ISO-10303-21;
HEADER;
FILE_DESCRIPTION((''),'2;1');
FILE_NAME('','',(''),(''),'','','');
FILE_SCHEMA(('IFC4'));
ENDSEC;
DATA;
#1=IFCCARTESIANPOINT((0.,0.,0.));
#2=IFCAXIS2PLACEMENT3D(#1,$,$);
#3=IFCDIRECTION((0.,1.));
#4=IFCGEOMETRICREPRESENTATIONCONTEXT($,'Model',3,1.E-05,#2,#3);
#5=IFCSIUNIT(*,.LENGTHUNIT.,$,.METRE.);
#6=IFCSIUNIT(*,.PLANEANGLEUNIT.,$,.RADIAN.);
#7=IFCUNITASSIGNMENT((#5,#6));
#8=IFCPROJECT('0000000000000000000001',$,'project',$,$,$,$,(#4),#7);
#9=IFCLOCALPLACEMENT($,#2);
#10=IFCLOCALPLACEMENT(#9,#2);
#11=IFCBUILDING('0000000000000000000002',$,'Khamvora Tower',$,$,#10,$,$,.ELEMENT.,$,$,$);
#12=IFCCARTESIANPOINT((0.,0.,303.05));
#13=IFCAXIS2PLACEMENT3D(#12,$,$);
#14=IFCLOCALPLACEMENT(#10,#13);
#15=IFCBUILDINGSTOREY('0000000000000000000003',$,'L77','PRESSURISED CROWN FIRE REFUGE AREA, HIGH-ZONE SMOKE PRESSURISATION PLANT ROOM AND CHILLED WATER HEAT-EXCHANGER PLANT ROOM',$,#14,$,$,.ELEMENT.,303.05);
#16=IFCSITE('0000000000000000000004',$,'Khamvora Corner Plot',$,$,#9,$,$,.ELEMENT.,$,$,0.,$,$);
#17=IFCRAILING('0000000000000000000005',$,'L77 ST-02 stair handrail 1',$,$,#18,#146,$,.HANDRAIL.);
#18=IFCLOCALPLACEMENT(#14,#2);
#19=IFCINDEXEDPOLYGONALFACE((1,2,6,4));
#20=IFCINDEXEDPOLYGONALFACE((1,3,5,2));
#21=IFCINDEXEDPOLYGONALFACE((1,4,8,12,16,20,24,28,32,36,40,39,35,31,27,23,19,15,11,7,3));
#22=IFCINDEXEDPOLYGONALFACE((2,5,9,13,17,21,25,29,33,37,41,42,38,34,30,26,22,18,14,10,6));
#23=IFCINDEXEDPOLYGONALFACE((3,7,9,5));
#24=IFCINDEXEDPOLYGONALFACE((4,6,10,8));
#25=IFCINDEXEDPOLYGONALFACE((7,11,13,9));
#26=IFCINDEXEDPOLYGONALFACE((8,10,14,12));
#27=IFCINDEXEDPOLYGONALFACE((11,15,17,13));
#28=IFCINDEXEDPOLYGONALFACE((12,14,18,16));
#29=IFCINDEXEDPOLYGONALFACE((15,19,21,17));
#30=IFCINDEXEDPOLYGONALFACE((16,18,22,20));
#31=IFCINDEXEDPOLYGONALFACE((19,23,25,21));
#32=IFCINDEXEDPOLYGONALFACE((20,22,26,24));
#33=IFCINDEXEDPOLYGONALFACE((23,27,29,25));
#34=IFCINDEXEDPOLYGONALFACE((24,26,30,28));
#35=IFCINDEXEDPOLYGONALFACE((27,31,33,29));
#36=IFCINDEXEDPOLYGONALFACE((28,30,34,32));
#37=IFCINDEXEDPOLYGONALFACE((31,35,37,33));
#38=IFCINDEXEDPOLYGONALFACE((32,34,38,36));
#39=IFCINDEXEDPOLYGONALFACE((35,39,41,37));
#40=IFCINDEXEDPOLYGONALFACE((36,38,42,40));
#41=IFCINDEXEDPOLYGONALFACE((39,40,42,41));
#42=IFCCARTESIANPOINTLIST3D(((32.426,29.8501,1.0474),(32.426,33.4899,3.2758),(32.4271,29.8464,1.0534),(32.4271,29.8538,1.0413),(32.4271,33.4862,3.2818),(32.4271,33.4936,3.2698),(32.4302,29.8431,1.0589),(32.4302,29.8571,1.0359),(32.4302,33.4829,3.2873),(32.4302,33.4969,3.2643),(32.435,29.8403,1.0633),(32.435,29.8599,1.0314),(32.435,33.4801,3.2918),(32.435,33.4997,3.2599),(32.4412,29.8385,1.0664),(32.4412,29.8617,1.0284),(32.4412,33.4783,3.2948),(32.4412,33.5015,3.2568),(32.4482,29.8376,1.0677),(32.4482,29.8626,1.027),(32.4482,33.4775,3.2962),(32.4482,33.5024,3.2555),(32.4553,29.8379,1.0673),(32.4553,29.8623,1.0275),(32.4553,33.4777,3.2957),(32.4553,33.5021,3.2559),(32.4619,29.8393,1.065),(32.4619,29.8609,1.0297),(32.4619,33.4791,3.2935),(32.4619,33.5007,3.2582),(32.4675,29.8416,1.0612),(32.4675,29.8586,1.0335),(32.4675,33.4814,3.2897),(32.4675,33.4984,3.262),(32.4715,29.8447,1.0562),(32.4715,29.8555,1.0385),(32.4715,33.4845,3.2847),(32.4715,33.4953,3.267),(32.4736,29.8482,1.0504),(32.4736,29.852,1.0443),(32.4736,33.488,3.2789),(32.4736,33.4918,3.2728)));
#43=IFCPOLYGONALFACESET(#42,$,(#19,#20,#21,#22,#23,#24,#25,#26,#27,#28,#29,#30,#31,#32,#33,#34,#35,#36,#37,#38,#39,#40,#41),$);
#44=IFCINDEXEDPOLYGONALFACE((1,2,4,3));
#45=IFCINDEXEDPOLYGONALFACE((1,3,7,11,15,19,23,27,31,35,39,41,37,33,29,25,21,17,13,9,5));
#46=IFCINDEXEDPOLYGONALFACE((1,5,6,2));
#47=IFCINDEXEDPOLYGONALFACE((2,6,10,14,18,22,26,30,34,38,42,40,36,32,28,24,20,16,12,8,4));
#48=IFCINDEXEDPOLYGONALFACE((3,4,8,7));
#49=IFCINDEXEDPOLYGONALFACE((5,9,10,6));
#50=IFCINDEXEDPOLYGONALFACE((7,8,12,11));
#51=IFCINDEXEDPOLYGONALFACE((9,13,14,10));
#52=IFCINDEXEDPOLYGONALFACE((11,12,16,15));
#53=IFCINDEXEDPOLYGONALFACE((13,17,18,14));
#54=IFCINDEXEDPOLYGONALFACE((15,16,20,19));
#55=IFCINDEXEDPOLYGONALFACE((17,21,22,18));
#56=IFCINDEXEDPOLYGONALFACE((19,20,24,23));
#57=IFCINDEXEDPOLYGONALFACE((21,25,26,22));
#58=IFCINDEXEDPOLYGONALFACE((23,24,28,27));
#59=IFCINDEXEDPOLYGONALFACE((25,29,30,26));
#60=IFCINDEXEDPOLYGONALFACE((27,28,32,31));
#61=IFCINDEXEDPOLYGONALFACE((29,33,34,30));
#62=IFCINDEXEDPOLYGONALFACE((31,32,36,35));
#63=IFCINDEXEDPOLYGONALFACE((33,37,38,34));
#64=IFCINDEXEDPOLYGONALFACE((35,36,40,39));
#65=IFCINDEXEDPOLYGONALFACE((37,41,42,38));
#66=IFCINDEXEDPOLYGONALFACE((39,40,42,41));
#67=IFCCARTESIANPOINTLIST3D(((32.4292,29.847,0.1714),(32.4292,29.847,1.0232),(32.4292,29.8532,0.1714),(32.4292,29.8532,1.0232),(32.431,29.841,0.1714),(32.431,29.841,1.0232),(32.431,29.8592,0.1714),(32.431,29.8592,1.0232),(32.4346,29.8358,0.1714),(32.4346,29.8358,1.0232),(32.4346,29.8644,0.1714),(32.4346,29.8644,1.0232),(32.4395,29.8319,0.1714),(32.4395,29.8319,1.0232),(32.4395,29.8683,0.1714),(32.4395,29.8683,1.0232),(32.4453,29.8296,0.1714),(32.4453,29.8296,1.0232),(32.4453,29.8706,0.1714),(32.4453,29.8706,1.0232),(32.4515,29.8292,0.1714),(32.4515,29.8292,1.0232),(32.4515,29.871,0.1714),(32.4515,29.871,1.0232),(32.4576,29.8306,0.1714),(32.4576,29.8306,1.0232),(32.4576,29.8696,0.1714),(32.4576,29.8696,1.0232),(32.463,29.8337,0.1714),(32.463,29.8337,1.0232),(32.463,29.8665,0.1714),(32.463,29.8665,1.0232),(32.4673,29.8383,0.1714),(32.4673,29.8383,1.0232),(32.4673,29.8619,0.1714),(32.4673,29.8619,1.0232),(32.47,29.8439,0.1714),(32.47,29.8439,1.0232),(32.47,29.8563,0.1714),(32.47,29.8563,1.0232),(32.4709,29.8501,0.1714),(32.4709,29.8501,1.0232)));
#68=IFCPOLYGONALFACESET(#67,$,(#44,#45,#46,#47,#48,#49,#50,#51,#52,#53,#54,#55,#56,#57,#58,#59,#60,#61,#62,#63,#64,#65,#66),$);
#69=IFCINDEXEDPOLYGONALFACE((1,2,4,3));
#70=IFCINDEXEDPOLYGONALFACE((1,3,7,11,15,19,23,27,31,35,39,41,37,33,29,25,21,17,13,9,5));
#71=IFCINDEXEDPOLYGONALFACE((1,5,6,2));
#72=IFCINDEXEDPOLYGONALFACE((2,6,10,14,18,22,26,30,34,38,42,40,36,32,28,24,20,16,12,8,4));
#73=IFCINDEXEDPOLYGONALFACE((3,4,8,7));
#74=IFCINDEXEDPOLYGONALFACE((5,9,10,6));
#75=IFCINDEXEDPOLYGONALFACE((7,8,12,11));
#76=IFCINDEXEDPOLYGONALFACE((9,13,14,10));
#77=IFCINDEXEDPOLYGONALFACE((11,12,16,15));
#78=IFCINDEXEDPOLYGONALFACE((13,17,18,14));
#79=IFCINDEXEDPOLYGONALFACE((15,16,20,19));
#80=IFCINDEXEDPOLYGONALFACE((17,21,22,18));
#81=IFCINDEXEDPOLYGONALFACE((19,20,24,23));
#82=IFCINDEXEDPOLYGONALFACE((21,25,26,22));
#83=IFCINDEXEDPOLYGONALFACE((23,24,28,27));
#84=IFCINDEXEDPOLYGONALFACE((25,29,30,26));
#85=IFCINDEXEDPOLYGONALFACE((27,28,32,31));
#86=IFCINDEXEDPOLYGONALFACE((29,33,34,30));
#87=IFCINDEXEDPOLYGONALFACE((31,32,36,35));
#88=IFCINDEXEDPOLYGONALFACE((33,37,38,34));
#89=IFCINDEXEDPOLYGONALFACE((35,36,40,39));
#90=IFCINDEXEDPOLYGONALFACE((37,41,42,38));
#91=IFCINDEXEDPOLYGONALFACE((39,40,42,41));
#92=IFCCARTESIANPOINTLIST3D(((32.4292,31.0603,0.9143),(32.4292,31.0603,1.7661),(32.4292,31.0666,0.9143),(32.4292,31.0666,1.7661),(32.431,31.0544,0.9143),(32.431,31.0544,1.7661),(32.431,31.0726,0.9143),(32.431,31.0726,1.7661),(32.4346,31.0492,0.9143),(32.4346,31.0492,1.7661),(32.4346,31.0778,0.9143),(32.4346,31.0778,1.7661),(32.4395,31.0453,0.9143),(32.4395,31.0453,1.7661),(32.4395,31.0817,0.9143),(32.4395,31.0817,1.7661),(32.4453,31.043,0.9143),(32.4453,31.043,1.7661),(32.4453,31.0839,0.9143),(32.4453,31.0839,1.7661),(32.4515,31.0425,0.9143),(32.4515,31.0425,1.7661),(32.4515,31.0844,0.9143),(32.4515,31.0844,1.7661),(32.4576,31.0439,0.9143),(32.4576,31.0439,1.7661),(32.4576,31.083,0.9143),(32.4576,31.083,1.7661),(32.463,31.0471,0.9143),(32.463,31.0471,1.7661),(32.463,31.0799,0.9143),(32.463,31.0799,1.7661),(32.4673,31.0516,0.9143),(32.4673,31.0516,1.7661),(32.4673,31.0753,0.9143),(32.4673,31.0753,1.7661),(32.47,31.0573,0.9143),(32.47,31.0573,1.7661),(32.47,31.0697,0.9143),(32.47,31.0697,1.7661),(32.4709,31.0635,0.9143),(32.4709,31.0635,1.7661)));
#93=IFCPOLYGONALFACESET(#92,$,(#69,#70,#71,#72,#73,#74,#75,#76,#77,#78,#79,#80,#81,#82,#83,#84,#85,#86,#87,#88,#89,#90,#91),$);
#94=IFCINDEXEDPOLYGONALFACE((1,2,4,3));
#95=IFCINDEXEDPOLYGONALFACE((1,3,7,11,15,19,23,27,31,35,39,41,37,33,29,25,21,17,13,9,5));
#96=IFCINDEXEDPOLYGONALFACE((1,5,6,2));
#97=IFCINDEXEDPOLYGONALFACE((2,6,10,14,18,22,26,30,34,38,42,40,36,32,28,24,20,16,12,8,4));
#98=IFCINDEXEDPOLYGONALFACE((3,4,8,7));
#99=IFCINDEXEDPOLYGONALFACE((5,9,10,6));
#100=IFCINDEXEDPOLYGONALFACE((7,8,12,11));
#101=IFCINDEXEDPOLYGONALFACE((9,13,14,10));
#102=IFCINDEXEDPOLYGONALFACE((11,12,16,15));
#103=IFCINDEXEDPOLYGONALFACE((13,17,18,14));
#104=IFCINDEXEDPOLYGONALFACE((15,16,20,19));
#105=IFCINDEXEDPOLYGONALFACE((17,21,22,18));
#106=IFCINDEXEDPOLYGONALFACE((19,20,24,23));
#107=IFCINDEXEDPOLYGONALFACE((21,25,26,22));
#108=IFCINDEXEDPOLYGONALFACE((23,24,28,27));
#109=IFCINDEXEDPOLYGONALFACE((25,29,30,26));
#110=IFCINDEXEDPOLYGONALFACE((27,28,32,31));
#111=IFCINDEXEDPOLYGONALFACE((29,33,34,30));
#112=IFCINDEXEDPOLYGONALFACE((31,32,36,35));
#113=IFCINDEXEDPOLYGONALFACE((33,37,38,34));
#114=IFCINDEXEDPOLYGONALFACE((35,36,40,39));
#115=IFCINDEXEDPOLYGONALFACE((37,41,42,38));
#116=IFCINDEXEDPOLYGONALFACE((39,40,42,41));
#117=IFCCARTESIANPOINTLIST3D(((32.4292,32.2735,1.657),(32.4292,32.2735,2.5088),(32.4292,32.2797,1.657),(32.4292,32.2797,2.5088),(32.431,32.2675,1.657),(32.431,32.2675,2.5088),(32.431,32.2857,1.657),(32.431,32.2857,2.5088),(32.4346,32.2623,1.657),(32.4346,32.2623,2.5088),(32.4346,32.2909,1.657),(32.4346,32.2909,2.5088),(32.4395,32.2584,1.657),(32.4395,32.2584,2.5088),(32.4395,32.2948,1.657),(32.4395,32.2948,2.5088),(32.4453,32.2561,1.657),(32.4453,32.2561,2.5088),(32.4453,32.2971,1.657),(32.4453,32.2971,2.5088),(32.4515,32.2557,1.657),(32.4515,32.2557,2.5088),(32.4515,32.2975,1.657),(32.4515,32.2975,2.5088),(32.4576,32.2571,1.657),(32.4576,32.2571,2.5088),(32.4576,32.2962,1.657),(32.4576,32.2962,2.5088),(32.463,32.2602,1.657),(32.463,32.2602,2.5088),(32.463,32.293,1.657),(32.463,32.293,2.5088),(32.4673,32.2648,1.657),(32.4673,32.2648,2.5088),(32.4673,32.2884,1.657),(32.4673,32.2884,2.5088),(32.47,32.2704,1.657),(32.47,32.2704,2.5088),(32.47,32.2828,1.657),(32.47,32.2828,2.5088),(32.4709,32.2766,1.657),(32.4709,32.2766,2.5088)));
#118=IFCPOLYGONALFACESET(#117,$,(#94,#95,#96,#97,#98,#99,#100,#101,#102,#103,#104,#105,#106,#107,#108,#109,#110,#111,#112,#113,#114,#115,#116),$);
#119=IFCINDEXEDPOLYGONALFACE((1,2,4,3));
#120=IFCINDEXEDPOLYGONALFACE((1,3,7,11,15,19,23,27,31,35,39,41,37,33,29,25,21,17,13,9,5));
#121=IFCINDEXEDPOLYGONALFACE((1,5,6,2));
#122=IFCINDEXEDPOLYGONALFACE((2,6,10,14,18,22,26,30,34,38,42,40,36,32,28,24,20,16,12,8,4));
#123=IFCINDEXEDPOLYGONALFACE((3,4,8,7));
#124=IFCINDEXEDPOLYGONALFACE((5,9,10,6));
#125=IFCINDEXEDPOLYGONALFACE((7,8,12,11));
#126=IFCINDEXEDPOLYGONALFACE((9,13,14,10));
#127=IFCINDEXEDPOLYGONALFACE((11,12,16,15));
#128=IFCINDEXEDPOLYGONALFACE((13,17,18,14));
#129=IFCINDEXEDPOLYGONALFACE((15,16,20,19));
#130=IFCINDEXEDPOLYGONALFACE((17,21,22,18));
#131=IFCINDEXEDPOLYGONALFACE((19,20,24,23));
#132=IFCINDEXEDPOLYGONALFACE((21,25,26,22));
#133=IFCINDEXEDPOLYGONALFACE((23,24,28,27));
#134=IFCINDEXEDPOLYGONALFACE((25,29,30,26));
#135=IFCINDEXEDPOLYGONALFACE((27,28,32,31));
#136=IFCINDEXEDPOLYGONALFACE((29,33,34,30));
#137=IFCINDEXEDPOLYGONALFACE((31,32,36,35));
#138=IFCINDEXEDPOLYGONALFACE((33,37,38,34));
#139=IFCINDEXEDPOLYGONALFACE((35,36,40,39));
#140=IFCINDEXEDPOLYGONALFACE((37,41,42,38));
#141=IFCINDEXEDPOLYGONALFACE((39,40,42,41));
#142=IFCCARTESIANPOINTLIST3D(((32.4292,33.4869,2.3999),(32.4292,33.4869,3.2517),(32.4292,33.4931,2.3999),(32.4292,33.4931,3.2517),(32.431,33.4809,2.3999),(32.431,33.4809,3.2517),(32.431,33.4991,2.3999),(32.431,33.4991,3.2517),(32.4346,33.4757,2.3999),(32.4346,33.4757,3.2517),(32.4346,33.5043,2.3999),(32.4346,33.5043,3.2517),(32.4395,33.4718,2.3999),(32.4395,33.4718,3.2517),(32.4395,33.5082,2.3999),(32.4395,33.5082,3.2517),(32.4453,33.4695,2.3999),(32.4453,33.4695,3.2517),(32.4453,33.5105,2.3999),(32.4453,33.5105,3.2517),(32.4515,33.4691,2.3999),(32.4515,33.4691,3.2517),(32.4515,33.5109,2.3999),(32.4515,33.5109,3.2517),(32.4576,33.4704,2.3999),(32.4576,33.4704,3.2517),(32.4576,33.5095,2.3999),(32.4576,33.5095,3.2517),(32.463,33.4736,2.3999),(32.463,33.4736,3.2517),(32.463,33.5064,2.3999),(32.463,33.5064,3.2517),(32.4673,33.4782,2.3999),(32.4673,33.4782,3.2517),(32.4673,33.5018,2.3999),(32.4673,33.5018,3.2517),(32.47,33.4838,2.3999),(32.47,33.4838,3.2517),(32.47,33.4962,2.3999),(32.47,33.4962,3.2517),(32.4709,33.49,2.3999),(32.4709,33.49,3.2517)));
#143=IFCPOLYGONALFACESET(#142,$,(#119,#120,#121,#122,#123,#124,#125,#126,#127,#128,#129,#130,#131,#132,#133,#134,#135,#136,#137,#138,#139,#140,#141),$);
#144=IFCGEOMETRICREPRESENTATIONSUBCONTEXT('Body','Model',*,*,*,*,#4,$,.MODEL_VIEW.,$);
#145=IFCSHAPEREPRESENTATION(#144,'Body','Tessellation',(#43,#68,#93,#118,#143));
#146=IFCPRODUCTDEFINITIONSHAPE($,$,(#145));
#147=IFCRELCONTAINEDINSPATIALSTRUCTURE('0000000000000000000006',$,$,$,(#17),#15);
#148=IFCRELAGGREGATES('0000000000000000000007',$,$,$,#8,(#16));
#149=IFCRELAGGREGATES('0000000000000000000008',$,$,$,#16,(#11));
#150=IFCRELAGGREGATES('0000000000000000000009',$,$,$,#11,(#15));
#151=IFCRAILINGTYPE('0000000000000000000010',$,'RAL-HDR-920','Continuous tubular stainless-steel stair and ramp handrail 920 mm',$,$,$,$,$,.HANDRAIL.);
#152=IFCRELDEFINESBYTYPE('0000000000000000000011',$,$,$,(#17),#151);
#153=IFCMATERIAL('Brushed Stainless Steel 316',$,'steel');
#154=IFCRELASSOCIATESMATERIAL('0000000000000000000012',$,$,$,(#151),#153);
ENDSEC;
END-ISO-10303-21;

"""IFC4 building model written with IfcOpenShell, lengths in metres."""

from ifc_helpers import new_model, si_unit, direction, frame, origin, origin_2d, place, context, subcontext, project, spatial, circle, extrude, material, type_object, element, save


model = new_model("IFC4")

# Units and contexts
model_context = context("Model", 3, precision=1e-05, world=origin(), true_north=direction((0.0, 1.0)))
body_context = subcontext(model_context, "Body", "Model", "MODEL_VIEW")
ifc_project = project(units=[si_unit("LENGTHUNIT", "METRE"), si_unit("PLANEANGLEUNIT", "RADIAN")], contexts=[model_context])

# Site, building, storey
site_placement = place(None, origin())
site = spatial("IfcSite", under=ifc_project, at=site_placement, Name="Khamvora Corner Plot", CompositionType="ELEMENT", RefElevation=0.0)
building_placement = place(site_placement, origin())
building = spatial("IfcBuilding", under=site, at=building_placement, Name="Khamvora Tower", CompositionType="ELEMENT")
storey_placement = place(building_placement, frame((0.0, 0.0, 303.05)))
storey = spatial("IfcBuildingStorey", under=building, at=storey_placement, Name="L77", Description="PRESSURISED CROWN FIRE REFUGE AREA, HIGH-ZONE SMOKE PRESSURISATION PLANT ROOM AND CHILLED WATER HEAT-EXCHANGER PLANT ROOM", CompositionType="ELEMENT", Elevation=303.05)

# Railing
ifc_material_1 = material(Name="Brushed Stainless Steel 316", Category="steel")
railing_type_1 = type_object("IfcRailingType", Name="RAL-HDR-920", Description="Continuous tubular stainless-steel stair and ramp handrail 920 mm", PredefinedType="HANDRAIL", material=ifc_material_1)
railing_1_placement = place(storey_placement, frame((32.45, 29.8501, 0.1714)))
element("IfcRailing", 1, at=railing_1_placement, inside=storey, type_object=railing_type_1, Name="L77 ST-02 stair handrail 1", PredefinedType="HANDRAIL", context=body_context, shape_type="SweptSolid", body=[
    extrude(circle(Radius=0.0239, at=origin_2d()), frame((0.0, 0.0, 0.876), z_axis=(0.0, 0.85285, 0.522156), x_axis=(-1.0, 0.0, 0.0)), (0.0, 0.0, 1.0), 4.2678),
    extrude(circle(Radius=0.021, at=origin_2d()), origin(), (0.0, 0.0, 1.0), 0.8518),
    extrude(circle(Radius=0.021, at=origin_2d()), frame((0.0, 1.2134, 0.7429)), (0.0, 0.0, 1.0), 0.8518),
    extrude(circle(Radius=0.021, at=origin_2d()), frame((0.0, 2.4265, 1.4856)), (0.0, 0.0, 1.0), 0.8518),
    extrude(circle(Radius=0.021, at=origin_2d()), frame((0.0, 3.6399, 2.2285)), (0.0, 0.0, 1.0), 0.8518),
])

save(model, "model.ifc")
